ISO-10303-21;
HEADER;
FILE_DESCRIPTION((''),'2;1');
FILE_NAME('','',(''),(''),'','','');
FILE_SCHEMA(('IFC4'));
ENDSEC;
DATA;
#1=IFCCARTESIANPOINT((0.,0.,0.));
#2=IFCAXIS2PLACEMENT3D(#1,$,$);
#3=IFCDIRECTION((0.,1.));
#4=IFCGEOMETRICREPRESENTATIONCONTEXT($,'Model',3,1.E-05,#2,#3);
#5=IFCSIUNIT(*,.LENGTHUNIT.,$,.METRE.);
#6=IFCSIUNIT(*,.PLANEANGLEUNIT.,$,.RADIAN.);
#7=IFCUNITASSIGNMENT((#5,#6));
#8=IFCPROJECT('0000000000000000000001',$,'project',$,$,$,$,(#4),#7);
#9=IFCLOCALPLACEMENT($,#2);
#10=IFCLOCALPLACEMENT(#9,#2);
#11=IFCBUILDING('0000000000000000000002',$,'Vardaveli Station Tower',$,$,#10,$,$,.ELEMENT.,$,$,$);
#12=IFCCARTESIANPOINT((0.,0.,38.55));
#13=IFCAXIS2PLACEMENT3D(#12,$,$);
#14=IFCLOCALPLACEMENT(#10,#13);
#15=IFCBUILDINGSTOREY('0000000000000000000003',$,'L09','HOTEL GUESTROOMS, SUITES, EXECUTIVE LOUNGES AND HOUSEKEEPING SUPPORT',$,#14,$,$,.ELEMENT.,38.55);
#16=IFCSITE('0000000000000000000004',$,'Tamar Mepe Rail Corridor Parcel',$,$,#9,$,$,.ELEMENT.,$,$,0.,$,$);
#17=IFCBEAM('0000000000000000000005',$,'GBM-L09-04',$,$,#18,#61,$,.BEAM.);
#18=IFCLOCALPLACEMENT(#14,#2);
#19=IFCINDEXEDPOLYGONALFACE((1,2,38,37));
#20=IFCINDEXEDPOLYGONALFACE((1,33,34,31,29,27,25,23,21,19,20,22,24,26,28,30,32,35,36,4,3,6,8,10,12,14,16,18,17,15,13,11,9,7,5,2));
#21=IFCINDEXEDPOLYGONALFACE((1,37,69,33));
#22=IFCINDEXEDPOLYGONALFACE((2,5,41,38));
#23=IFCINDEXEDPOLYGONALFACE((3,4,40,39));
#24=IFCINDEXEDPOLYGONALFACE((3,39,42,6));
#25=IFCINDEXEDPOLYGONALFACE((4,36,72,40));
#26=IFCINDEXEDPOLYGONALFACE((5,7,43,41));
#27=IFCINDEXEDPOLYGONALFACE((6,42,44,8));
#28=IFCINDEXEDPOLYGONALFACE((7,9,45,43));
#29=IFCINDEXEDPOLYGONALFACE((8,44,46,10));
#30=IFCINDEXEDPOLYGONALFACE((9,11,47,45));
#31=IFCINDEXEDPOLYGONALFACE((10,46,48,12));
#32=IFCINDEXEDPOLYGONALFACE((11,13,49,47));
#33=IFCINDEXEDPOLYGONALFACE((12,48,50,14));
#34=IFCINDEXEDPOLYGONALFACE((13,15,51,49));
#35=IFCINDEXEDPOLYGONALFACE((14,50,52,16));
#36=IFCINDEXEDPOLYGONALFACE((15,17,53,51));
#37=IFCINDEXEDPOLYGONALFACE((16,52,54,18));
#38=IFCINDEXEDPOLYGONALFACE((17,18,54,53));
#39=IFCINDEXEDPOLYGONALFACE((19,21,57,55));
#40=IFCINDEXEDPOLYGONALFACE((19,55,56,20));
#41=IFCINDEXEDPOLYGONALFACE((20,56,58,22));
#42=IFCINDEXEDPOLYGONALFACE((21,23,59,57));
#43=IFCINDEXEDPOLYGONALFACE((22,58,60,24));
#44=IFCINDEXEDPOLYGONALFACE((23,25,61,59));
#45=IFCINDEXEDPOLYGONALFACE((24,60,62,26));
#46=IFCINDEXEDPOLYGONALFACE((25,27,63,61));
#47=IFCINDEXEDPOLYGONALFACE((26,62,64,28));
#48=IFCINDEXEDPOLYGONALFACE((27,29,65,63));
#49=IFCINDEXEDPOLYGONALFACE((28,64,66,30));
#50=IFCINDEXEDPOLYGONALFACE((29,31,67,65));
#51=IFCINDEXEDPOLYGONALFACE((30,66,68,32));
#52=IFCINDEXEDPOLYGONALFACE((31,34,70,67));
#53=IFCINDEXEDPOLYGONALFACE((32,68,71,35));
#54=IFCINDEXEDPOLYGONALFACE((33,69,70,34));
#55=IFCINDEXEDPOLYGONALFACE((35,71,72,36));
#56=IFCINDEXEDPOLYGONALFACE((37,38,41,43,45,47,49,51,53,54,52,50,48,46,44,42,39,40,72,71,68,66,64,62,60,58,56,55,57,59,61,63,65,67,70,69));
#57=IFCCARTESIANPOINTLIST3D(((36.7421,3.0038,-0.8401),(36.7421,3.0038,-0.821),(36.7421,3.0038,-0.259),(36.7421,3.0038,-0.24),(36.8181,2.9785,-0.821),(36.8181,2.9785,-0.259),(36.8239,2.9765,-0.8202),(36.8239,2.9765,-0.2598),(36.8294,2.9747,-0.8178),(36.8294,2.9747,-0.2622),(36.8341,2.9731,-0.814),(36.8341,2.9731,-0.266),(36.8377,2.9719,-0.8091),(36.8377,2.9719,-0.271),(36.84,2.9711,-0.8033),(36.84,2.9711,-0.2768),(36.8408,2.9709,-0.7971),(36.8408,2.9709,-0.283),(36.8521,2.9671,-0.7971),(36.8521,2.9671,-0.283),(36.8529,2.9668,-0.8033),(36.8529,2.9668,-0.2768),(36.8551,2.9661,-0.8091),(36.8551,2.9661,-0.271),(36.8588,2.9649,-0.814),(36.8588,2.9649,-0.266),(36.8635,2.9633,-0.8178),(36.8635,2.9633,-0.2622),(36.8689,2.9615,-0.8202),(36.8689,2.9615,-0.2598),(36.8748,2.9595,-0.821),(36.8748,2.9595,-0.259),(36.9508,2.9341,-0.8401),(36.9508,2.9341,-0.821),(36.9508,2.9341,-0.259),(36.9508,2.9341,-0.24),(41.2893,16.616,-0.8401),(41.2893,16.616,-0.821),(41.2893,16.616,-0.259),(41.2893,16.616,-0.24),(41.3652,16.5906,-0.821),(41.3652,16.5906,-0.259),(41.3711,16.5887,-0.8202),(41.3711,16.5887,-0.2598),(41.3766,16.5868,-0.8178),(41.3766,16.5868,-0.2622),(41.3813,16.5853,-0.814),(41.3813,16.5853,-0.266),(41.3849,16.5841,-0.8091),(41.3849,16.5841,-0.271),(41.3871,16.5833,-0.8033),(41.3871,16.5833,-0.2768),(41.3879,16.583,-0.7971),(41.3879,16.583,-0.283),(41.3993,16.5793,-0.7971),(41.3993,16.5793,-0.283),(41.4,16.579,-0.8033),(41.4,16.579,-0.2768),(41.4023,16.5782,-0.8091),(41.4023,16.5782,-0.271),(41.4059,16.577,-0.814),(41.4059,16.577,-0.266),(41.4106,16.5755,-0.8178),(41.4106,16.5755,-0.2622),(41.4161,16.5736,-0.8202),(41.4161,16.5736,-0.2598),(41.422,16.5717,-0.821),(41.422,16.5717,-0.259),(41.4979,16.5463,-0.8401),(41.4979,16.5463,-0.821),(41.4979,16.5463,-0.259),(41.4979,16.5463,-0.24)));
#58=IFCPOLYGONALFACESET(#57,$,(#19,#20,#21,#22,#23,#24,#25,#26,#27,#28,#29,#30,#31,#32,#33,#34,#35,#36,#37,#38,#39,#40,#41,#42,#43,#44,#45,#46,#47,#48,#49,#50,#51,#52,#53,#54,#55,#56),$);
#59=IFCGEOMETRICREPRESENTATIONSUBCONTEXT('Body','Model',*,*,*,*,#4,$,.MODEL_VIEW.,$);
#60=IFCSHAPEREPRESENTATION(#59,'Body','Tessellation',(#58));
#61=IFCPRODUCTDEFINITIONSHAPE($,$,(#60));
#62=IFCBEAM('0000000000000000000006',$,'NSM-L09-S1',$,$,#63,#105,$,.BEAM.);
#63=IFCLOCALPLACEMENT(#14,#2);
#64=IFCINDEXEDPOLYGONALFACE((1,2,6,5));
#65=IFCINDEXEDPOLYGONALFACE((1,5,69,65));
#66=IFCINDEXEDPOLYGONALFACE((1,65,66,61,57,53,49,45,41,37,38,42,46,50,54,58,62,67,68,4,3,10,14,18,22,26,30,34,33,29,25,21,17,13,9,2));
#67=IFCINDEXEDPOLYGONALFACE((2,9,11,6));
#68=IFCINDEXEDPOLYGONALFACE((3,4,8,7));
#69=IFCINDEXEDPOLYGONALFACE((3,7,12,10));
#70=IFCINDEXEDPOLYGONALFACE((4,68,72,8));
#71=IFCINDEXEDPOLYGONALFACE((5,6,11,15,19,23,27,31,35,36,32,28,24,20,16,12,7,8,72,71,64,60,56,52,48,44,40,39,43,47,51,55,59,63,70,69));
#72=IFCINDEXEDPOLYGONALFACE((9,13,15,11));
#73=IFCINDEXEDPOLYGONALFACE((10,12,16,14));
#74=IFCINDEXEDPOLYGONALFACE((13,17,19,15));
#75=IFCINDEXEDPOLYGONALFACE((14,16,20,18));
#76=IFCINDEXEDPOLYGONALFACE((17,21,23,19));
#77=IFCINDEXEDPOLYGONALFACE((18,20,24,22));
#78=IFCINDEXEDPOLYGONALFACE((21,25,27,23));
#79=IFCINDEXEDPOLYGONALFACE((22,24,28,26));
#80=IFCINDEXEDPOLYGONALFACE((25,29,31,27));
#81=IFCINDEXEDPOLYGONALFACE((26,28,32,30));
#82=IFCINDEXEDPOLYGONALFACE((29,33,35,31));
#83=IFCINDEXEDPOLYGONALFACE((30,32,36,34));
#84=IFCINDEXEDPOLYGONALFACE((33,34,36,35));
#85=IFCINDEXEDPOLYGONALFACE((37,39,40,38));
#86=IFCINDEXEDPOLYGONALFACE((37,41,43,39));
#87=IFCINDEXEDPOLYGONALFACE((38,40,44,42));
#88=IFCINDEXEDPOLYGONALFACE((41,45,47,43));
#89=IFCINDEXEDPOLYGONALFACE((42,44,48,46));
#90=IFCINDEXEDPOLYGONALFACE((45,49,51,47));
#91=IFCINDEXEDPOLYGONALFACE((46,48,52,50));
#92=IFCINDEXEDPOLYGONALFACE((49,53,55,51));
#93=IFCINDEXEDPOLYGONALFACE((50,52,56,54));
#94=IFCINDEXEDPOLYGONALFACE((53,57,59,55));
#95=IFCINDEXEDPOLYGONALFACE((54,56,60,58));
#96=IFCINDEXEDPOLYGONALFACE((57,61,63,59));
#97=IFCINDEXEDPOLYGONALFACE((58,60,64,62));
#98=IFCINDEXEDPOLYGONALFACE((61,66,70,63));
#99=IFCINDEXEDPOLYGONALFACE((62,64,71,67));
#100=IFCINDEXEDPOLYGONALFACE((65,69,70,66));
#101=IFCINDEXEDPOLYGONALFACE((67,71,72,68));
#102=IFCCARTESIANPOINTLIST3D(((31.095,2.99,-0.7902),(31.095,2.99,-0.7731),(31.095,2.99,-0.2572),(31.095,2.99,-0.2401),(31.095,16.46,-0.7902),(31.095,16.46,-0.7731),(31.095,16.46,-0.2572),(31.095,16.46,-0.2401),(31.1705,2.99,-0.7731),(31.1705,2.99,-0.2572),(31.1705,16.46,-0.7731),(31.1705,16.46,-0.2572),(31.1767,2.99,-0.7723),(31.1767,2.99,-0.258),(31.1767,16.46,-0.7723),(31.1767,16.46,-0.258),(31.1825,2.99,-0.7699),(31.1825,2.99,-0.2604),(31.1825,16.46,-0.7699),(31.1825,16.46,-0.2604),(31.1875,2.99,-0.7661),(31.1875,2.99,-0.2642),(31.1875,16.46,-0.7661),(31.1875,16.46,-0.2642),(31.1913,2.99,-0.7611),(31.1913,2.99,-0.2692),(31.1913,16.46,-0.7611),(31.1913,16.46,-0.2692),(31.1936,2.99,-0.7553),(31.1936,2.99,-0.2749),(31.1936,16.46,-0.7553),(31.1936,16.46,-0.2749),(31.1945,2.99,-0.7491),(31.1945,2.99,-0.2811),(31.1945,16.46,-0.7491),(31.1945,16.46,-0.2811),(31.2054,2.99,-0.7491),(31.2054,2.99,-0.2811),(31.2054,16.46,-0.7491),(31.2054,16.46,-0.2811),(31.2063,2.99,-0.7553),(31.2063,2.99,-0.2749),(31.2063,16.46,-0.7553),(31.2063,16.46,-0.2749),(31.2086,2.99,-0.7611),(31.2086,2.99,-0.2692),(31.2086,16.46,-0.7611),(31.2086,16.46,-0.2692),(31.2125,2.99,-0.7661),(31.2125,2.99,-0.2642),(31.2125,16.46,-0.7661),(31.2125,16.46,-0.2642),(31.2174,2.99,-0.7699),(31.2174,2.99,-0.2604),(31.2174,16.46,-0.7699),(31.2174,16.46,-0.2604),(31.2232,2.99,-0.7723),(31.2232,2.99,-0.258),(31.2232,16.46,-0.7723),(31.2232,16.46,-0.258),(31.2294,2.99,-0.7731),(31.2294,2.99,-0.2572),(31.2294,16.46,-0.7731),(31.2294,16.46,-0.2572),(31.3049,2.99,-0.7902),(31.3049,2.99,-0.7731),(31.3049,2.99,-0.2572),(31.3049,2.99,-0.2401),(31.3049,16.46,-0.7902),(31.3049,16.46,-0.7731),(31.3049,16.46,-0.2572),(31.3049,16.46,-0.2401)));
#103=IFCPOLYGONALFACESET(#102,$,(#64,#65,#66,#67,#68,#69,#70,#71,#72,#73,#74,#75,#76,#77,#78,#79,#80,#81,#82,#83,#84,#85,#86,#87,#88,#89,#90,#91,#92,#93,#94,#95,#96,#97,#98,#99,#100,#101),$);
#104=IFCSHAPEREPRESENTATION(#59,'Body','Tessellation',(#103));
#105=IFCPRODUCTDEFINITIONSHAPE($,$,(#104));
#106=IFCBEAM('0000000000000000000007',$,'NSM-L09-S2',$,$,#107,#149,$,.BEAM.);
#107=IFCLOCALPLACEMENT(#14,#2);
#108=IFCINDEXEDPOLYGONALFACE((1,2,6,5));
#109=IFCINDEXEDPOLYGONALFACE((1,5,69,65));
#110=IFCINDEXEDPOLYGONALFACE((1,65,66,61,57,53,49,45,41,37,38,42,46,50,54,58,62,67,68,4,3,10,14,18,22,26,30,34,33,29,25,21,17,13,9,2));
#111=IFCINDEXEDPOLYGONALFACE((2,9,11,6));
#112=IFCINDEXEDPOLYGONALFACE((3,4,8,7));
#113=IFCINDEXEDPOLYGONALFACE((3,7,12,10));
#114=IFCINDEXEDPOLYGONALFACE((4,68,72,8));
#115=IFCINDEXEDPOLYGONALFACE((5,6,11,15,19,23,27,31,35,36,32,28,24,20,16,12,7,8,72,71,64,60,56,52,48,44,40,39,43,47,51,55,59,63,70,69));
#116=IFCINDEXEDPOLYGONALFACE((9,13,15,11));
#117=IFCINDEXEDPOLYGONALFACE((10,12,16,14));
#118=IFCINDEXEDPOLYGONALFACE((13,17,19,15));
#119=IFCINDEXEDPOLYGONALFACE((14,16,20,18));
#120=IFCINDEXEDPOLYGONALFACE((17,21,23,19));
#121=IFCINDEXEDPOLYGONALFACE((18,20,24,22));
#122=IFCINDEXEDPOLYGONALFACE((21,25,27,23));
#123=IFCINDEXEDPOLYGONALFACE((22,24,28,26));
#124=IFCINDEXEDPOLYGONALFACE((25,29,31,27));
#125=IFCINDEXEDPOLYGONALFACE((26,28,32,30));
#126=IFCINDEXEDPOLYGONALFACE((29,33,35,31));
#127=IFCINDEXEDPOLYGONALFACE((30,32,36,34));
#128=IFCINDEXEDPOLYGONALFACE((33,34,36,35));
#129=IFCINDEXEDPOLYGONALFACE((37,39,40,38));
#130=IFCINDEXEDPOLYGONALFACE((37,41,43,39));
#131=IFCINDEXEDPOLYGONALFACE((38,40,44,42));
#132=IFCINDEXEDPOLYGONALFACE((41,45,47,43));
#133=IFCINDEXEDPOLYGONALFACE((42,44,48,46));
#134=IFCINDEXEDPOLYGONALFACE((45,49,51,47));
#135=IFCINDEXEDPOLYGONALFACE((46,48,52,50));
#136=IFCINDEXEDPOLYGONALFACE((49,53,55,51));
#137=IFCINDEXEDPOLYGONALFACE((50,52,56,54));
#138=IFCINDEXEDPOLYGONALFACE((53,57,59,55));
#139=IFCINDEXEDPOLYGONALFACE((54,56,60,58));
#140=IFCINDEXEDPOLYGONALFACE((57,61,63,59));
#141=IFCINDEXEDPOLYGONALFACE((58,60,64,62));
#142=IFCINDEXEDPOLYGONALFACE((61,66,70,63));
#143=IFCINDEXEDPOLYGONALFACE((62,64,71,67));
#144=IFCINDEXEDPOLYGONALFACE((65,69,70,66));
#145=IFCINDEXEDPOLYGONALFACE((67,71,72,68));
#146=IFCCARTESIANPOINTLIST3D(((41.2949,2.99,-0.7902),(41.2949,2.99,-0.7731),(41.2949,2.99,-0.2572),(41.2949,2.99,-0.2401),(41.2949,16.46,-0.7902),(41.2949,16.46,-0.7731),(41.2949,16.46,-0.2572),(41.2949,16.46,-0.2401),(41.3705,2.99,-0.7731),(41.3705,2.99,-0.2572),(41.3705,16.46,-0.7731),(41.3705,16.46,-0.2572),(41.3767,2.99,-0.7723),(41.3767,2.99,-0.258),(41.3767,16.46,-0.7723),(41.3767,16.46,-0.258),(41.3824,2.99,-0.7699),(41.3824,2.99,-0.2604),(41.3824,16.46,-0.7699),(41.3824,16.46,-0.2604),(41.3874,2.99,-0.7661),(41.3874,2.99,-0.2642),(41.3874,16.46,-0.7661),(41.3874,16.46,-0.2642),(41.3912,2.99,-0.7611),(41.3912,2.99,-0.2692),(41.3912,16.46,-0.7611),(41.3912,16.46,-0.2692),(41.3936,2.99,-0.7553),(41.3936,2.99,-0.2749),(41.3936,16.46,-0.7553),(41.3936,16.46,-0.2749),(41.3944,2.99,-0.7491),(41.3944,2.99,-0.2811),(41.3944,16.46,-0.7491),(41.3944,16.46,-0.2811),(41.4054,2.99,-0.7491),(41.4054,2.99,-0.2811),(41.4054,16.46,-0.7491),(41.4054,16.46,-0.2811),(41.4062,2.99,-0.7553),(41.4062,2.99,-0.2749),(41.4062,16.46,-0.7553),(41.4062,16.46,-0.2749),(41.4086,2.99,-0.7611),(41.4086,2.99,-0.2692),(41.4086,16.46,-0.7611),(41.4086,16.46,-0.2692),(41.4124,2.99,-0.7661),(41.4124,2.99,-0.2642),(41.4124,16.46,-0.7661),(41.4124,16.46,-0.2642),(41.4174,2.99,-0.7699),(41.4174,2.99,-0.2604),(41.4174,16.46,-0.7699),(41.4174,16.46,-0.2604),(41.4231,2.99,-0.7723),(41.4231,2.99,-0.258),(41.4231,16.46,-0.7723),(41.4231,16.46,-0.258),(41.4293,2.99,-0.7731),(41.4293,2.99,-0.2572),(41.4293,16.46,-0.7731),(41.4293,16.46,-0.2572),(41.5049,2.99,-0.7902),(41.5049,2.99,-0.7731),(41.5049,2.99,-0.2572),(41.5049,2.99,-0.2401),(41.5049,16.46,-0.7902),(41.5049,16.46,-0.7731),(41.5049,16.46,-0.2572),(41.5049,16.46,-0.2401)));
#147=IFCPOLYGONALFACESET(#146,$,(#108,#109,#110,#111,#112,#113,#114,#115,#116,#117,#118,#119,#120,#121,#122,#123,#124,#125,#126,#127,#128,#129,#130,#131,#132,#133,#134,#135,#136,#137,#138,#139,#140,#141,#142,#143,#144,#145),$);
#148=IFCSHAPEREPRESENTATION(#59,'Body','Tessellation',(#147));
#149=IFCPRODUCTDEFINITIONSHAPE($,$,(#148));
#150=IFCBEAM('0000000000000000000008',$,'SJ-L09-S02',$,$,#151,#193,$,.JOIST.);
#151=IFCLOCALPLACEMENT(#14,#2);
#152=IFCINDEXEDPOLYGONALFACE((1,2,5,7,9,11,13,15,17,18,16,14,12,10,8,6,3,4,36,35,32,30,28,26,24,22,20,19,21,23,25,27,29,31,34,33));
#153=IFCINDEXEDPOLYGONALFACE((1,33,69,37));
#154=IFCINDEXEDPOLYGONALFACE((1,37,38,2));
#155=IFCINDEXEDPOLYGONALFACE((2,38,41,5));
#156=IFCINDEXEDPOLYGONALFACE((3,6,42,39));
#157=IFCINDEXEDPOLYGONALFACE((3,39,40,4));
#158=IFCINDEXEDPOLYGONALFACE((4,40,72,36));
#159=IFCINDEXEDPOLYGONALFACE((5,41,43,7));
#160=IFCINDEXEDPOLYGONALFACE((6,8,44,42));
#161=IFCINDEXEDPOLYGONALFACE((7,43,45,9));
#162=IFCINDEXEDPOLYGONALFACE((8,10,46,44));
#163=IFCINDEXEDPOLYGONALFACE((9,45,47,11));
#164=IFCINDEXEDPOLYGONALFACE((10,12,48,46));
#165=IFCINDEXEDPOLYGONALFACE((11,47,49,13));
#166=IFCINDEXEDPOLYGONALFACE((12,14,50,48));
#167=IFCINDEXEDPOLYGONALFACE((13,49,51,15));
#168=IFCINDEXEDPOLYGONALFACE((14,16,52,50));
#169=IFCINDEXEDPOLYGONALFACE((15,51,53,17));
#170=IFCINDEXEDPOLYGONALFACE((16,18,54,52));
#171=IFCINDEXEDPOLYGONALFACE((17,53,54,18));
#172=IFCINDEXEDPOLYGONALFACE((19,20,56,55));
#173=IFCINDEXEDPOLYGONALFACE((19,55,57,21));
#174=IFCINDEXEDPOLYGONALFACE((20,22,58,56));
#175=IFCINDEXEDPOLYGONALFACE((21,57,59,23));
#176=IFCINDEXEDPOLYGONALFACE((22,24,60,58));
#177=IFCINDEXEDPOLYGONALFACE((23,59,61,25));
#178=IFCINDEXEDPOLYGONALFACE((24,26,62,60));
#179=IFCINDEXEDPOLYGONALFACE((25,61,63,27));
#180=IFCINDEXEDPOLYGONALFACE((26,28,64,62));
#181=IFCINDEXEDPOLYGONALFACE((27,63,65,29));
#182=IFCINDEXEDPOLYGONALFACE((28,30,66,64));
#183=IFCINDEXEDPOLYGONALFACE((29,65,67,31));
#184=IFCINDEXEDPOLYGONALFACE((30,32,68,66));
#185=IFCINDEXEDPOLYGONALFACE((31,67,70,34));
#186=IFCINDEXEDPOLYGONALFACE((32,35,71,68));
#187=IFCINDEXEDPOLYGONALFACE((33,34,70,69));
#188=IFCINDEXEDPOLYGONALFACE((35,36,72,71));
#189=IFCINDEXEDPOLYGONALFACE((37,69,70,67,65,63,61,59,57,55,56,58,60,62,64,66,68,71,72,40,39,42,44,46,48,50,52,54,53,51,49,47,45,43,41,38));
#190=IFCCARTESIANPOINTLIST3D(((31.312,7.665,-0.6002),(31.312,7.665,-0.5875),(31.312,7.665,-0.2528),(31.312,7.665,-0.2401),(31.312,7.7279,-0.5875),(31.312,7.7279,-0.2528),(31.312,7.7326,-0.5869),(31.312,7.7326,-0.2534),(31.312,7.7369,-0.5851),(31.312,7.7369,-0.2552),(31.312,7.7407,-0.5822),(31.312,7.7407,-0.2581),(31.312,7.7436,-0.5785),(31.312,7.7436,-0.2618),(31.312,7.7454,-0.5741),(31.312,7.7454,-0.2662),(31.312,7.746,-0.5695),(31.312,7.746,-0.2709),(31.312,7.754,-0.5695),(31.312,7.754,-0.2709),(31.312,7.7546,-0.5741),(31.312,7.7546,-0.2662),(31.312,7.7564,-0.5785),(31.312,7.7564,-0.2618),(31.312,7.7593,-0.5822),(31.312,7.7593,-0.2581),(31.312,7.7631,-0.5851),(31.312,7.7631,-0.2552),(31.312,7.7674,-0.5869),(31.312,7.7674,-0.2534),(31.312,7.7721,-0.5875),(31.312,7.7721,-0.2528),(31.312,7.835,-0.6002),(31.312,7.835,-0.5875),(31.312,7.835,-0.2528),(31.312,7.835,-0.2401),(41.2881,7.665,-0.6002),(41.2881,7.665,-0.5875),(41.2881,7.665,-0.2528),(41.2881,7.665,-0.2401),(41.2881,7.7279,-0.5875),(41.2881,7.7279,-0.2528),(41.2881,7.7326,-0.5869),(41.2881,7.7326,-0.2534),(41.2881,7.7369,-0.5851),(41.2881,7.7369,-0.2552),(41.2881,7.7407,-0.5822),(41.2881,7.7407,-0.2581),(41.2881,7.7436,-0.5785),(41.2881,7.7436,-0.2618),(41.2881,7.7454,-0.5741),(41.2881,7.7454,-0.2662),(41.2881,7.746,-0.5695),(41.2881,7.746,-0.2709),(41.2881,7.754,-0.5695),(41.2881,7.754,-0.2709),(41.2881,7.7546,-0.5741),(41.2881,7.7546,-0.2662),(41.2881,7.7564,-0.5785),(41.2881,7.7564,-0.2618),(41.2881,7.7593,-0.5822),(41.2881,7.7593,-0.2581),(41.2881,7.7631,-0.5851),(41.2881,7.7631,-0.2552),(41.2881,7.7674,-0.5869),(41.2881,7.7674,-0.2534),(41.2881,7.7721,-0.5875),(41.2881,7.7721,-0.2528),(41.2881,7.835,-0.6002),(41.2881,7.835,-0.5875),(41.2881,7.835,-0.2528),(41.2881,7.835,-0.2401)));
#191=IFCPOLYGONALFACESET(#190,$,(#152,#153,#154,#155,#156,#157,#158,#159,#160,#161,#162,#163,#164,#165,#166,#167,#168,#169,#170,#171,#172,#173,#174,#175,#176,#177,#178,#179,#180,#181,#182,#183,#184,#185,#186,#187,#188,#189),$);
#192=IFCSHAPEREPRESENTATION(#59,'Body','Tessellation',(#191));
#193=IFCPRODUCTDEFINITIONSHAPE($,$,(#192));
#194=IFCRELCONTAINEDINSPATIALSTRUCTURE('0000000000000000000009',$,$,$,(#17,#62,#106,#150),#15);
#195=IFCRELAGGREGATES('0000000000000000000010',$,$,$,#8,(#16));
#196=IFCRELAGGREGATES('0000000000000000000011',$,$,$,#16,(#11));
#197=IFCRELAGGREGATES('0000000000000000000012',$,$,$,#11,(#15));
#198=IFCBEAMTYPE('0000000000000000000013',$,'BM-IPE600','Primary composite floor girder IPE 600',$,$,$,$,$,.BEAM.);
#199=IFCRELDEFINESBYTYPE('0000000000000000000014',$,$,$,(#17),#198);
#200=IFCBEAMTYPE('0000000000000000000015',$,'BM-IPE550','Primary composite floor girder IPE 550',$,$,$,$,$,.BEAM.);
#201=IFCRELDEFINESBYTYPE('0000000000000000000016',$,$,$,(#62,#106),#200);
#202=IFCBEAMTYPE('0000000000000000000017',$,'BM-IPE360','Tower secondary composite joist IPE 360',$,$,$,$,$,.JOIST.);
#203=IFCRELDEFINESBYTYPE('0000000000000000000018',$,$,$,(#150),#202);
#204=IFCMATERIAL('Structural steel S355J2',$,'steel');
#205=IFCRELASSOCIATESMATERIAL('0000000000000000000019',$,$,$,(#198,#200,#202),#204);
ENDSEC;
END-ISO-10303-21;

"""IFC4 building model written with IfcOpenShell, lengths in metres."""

from ifc_helpers import new_model, si_unit, direction, frame, origin, origin_2d, place, context, subcontext, project, spatial, i_section, extrude, source, transform, mapped, material, material_profile, profile_set, type_object, element, save


model = new_model("IFC4")

# Units and contexts
model_context = context("Model", 3, precision=1e-05, world=origin(), true_north=direction((0.0, 1.0)))
body_context = subcontext(model_context, "Body", "Model", "MODEL_VIEW")
ifc_project = project(units=[si_unit("LENGTHUNIT", "METRE"), si_unit("PLANEANGLEUNIT", "RADIAN")], contexts=[model_context])

# Site, building, storey
site_placement = place(None, origin())
site = spatial("IfcSite", under=ifc_project, at=site_placement, Name="Tamar Mepe Rail Corridor Parcel", CompositionType="ELEMENT", RefElevation=0.0)
building_placement = place(site_placement, origin())
building = spatial("IfcBuilding", under=site, at=building_placement, Name="Vardaveli Station Tower", CompositionType="ELEMENT")
storey_placement = place(building_placement, frame((0.0, 0.0, 38.55)))
storey = spatial("IfcBuildingStorey", under=building, at=storey_placement, Name="L09", Description="HOTEL GUESTROOMS, SUITES, EXECUTIVE LOUNGES AND HOUSEKEEPING SUPPORT", CompositionType="ELEMENT", Elevation=38.55)

# Beams
ifc_material_1 = material(Name="Structural steel S355J2", Category="steel")
ifc_material_profile_1 = material_profile(ifc_material_1, i_section(OverallWidth=0.22, OverallDepth=0.6001, WebThickness=0.012, FlangeThickness=0.019, FilletRadius=0.0239, at=origin_2d()), Name="IPE 600")
ifc_profile_set_1 = profile_set([ifc_material_profile_1], Name="Structural steel S355J2")
beam_type_1 = type_object("IfcBeamType", Name="BM-IPE600", Description="Primary composite floor girder IPE 600", PredefinedType="BEAM", material=ifc_profile_set_1)
shared_shape_1 = source(origin(), body_context, "Body", "SweptSolid", [
    extrude(i_section(OverallWidth=0.22, OverallDepth=0.6001, WebThickness=0.012, FlangeThickness=0.019, FilletRadius=0.0239, at=origin_2d()), origin(), (0.0, 0.0, 1.0), 14.3516),
])
beam_1_placement = place(storey_placement, frame((36.8464, 2.969, -0.54), z_axis=(0.31684, 0.948479, 0.0), x_axis=(-0.948479, 0.31684, 0.0)))
element("IfcBeam", 1, at=beam_1_placement, inside=storey, type_object=beam_type_1, Name="GBM-L09-04", PredefinedType="BEAM", context=body_context, shape_type="MappedRepresentation", body=[
    mapped(shared_shape_1, transform((0.0, 0.0, 0.0), scale=1.0)),
])
ifc_material_profile_2 = material_profile(ifc_material_1, i_section(OverallWidth=0.21, OverallDepth=0.55, WebThickness=0.011, FlangeThickness=0.0171, FilletRadius=0.0239, at=origin_2d()), Name="IPE 550")
ifc_profile_set_2 = profile_set([ifc_material_profile_2], Name="Structural steel S355J2")
beam_type_2 = type_object("IfcBeamType", Name="BM-IPE550", Description="Primary composite floor girder IPE 550", PredefinedType="BEAM", material=ifc_profile_set_2)
shared_shape_2 = source(origin(), body_context, "Body", "SweptSolid", [
    extrude(i_section(OverallWidth=0.21, OverallDepth=0.55, WebThickness=0.011, FlangeThickness=0.0171, FilletRadius=0.0239, at=origin_2d()), origin(), (0.0, 0.0, 1.0), 13.47),
])
for number, where, z_axis, x_axis, name in (
    (2, (31.2, 2.99, -0.5151), (0.0, 1.0, 0.0), (-1.0, 0.0, 0.0), "NSM-L09-S1"),
    (3, (41.3999, 2.99, -0.5151), (0.0, 1.0, 0.0), (-1.0, 0.0, 0.0), "NSM-L09-S2"),
):
    element("IfcBeam", number, at=place(storey_placement, frame(where, z_axis=z_axis, x_axis=x_axis)), inside=storey, type_object=beam_type_2, Name=name, PredefinedType="BEAM", context=body_context, shape_type="MappedRepresentation", body=[
        mapped(shared_shape_2, transform((0.0, 0.0, 0.0), scale=1.0)),
    ])
ifc_material_profile_3 = material_profile(ifc_material_1, i_section(OverallWidth=0.1699, OverallDepth=0.3601, WebThickness=0.0081, FlangeThickness=0.0127, FilletRadius=0.0181, at=origin_2d()), Name="IPE 360")
ifc_profile_set_3 = profile_set([ifc_material_profile_3], Name="Structural steel S355J2")
beam_type_3 = type_object("IfcBeamType", Name="BM-IPE360", Description="Tower secondary composite joist IPE 360", PredefinedType="JOIST", material=ifc_profile_set_3)
shared_shape_3 = source(origin(), body_context, "Body", "SweptSolid", [
    extrude(i_section(OverallWidth=0.1699, OverallDepth=0.3601, WebThickness=0.0081, FlangeThickness=0.0127, FilletRadius=0.0181, at=origin_2d()), origin(), (0.0, 0.0, 1.0), 9.9761),
])
for number, where, z_axis, x_axis, name in (
    (4, (31.312, 7.75, -0.4202), (1.0, 0.0, 0.0), (0.0, 1.0, 0.0), "SJ-L09-S02"),
):
    element("IfcBeam", number, at=place(storey_placement, frame(where, z_axis=z_axis, x_axis=x_axis)), inside=storey, type_object=beam_type_3, Name=name, PredefinedType="JOIST", context=body_context, shape_type="MappedRepresentation", body=[
        mapped(shared_shape_3, transform((0.0, 0.0, 0.0), scale=1.0)),
    ])

save(model, "model.ifc")
